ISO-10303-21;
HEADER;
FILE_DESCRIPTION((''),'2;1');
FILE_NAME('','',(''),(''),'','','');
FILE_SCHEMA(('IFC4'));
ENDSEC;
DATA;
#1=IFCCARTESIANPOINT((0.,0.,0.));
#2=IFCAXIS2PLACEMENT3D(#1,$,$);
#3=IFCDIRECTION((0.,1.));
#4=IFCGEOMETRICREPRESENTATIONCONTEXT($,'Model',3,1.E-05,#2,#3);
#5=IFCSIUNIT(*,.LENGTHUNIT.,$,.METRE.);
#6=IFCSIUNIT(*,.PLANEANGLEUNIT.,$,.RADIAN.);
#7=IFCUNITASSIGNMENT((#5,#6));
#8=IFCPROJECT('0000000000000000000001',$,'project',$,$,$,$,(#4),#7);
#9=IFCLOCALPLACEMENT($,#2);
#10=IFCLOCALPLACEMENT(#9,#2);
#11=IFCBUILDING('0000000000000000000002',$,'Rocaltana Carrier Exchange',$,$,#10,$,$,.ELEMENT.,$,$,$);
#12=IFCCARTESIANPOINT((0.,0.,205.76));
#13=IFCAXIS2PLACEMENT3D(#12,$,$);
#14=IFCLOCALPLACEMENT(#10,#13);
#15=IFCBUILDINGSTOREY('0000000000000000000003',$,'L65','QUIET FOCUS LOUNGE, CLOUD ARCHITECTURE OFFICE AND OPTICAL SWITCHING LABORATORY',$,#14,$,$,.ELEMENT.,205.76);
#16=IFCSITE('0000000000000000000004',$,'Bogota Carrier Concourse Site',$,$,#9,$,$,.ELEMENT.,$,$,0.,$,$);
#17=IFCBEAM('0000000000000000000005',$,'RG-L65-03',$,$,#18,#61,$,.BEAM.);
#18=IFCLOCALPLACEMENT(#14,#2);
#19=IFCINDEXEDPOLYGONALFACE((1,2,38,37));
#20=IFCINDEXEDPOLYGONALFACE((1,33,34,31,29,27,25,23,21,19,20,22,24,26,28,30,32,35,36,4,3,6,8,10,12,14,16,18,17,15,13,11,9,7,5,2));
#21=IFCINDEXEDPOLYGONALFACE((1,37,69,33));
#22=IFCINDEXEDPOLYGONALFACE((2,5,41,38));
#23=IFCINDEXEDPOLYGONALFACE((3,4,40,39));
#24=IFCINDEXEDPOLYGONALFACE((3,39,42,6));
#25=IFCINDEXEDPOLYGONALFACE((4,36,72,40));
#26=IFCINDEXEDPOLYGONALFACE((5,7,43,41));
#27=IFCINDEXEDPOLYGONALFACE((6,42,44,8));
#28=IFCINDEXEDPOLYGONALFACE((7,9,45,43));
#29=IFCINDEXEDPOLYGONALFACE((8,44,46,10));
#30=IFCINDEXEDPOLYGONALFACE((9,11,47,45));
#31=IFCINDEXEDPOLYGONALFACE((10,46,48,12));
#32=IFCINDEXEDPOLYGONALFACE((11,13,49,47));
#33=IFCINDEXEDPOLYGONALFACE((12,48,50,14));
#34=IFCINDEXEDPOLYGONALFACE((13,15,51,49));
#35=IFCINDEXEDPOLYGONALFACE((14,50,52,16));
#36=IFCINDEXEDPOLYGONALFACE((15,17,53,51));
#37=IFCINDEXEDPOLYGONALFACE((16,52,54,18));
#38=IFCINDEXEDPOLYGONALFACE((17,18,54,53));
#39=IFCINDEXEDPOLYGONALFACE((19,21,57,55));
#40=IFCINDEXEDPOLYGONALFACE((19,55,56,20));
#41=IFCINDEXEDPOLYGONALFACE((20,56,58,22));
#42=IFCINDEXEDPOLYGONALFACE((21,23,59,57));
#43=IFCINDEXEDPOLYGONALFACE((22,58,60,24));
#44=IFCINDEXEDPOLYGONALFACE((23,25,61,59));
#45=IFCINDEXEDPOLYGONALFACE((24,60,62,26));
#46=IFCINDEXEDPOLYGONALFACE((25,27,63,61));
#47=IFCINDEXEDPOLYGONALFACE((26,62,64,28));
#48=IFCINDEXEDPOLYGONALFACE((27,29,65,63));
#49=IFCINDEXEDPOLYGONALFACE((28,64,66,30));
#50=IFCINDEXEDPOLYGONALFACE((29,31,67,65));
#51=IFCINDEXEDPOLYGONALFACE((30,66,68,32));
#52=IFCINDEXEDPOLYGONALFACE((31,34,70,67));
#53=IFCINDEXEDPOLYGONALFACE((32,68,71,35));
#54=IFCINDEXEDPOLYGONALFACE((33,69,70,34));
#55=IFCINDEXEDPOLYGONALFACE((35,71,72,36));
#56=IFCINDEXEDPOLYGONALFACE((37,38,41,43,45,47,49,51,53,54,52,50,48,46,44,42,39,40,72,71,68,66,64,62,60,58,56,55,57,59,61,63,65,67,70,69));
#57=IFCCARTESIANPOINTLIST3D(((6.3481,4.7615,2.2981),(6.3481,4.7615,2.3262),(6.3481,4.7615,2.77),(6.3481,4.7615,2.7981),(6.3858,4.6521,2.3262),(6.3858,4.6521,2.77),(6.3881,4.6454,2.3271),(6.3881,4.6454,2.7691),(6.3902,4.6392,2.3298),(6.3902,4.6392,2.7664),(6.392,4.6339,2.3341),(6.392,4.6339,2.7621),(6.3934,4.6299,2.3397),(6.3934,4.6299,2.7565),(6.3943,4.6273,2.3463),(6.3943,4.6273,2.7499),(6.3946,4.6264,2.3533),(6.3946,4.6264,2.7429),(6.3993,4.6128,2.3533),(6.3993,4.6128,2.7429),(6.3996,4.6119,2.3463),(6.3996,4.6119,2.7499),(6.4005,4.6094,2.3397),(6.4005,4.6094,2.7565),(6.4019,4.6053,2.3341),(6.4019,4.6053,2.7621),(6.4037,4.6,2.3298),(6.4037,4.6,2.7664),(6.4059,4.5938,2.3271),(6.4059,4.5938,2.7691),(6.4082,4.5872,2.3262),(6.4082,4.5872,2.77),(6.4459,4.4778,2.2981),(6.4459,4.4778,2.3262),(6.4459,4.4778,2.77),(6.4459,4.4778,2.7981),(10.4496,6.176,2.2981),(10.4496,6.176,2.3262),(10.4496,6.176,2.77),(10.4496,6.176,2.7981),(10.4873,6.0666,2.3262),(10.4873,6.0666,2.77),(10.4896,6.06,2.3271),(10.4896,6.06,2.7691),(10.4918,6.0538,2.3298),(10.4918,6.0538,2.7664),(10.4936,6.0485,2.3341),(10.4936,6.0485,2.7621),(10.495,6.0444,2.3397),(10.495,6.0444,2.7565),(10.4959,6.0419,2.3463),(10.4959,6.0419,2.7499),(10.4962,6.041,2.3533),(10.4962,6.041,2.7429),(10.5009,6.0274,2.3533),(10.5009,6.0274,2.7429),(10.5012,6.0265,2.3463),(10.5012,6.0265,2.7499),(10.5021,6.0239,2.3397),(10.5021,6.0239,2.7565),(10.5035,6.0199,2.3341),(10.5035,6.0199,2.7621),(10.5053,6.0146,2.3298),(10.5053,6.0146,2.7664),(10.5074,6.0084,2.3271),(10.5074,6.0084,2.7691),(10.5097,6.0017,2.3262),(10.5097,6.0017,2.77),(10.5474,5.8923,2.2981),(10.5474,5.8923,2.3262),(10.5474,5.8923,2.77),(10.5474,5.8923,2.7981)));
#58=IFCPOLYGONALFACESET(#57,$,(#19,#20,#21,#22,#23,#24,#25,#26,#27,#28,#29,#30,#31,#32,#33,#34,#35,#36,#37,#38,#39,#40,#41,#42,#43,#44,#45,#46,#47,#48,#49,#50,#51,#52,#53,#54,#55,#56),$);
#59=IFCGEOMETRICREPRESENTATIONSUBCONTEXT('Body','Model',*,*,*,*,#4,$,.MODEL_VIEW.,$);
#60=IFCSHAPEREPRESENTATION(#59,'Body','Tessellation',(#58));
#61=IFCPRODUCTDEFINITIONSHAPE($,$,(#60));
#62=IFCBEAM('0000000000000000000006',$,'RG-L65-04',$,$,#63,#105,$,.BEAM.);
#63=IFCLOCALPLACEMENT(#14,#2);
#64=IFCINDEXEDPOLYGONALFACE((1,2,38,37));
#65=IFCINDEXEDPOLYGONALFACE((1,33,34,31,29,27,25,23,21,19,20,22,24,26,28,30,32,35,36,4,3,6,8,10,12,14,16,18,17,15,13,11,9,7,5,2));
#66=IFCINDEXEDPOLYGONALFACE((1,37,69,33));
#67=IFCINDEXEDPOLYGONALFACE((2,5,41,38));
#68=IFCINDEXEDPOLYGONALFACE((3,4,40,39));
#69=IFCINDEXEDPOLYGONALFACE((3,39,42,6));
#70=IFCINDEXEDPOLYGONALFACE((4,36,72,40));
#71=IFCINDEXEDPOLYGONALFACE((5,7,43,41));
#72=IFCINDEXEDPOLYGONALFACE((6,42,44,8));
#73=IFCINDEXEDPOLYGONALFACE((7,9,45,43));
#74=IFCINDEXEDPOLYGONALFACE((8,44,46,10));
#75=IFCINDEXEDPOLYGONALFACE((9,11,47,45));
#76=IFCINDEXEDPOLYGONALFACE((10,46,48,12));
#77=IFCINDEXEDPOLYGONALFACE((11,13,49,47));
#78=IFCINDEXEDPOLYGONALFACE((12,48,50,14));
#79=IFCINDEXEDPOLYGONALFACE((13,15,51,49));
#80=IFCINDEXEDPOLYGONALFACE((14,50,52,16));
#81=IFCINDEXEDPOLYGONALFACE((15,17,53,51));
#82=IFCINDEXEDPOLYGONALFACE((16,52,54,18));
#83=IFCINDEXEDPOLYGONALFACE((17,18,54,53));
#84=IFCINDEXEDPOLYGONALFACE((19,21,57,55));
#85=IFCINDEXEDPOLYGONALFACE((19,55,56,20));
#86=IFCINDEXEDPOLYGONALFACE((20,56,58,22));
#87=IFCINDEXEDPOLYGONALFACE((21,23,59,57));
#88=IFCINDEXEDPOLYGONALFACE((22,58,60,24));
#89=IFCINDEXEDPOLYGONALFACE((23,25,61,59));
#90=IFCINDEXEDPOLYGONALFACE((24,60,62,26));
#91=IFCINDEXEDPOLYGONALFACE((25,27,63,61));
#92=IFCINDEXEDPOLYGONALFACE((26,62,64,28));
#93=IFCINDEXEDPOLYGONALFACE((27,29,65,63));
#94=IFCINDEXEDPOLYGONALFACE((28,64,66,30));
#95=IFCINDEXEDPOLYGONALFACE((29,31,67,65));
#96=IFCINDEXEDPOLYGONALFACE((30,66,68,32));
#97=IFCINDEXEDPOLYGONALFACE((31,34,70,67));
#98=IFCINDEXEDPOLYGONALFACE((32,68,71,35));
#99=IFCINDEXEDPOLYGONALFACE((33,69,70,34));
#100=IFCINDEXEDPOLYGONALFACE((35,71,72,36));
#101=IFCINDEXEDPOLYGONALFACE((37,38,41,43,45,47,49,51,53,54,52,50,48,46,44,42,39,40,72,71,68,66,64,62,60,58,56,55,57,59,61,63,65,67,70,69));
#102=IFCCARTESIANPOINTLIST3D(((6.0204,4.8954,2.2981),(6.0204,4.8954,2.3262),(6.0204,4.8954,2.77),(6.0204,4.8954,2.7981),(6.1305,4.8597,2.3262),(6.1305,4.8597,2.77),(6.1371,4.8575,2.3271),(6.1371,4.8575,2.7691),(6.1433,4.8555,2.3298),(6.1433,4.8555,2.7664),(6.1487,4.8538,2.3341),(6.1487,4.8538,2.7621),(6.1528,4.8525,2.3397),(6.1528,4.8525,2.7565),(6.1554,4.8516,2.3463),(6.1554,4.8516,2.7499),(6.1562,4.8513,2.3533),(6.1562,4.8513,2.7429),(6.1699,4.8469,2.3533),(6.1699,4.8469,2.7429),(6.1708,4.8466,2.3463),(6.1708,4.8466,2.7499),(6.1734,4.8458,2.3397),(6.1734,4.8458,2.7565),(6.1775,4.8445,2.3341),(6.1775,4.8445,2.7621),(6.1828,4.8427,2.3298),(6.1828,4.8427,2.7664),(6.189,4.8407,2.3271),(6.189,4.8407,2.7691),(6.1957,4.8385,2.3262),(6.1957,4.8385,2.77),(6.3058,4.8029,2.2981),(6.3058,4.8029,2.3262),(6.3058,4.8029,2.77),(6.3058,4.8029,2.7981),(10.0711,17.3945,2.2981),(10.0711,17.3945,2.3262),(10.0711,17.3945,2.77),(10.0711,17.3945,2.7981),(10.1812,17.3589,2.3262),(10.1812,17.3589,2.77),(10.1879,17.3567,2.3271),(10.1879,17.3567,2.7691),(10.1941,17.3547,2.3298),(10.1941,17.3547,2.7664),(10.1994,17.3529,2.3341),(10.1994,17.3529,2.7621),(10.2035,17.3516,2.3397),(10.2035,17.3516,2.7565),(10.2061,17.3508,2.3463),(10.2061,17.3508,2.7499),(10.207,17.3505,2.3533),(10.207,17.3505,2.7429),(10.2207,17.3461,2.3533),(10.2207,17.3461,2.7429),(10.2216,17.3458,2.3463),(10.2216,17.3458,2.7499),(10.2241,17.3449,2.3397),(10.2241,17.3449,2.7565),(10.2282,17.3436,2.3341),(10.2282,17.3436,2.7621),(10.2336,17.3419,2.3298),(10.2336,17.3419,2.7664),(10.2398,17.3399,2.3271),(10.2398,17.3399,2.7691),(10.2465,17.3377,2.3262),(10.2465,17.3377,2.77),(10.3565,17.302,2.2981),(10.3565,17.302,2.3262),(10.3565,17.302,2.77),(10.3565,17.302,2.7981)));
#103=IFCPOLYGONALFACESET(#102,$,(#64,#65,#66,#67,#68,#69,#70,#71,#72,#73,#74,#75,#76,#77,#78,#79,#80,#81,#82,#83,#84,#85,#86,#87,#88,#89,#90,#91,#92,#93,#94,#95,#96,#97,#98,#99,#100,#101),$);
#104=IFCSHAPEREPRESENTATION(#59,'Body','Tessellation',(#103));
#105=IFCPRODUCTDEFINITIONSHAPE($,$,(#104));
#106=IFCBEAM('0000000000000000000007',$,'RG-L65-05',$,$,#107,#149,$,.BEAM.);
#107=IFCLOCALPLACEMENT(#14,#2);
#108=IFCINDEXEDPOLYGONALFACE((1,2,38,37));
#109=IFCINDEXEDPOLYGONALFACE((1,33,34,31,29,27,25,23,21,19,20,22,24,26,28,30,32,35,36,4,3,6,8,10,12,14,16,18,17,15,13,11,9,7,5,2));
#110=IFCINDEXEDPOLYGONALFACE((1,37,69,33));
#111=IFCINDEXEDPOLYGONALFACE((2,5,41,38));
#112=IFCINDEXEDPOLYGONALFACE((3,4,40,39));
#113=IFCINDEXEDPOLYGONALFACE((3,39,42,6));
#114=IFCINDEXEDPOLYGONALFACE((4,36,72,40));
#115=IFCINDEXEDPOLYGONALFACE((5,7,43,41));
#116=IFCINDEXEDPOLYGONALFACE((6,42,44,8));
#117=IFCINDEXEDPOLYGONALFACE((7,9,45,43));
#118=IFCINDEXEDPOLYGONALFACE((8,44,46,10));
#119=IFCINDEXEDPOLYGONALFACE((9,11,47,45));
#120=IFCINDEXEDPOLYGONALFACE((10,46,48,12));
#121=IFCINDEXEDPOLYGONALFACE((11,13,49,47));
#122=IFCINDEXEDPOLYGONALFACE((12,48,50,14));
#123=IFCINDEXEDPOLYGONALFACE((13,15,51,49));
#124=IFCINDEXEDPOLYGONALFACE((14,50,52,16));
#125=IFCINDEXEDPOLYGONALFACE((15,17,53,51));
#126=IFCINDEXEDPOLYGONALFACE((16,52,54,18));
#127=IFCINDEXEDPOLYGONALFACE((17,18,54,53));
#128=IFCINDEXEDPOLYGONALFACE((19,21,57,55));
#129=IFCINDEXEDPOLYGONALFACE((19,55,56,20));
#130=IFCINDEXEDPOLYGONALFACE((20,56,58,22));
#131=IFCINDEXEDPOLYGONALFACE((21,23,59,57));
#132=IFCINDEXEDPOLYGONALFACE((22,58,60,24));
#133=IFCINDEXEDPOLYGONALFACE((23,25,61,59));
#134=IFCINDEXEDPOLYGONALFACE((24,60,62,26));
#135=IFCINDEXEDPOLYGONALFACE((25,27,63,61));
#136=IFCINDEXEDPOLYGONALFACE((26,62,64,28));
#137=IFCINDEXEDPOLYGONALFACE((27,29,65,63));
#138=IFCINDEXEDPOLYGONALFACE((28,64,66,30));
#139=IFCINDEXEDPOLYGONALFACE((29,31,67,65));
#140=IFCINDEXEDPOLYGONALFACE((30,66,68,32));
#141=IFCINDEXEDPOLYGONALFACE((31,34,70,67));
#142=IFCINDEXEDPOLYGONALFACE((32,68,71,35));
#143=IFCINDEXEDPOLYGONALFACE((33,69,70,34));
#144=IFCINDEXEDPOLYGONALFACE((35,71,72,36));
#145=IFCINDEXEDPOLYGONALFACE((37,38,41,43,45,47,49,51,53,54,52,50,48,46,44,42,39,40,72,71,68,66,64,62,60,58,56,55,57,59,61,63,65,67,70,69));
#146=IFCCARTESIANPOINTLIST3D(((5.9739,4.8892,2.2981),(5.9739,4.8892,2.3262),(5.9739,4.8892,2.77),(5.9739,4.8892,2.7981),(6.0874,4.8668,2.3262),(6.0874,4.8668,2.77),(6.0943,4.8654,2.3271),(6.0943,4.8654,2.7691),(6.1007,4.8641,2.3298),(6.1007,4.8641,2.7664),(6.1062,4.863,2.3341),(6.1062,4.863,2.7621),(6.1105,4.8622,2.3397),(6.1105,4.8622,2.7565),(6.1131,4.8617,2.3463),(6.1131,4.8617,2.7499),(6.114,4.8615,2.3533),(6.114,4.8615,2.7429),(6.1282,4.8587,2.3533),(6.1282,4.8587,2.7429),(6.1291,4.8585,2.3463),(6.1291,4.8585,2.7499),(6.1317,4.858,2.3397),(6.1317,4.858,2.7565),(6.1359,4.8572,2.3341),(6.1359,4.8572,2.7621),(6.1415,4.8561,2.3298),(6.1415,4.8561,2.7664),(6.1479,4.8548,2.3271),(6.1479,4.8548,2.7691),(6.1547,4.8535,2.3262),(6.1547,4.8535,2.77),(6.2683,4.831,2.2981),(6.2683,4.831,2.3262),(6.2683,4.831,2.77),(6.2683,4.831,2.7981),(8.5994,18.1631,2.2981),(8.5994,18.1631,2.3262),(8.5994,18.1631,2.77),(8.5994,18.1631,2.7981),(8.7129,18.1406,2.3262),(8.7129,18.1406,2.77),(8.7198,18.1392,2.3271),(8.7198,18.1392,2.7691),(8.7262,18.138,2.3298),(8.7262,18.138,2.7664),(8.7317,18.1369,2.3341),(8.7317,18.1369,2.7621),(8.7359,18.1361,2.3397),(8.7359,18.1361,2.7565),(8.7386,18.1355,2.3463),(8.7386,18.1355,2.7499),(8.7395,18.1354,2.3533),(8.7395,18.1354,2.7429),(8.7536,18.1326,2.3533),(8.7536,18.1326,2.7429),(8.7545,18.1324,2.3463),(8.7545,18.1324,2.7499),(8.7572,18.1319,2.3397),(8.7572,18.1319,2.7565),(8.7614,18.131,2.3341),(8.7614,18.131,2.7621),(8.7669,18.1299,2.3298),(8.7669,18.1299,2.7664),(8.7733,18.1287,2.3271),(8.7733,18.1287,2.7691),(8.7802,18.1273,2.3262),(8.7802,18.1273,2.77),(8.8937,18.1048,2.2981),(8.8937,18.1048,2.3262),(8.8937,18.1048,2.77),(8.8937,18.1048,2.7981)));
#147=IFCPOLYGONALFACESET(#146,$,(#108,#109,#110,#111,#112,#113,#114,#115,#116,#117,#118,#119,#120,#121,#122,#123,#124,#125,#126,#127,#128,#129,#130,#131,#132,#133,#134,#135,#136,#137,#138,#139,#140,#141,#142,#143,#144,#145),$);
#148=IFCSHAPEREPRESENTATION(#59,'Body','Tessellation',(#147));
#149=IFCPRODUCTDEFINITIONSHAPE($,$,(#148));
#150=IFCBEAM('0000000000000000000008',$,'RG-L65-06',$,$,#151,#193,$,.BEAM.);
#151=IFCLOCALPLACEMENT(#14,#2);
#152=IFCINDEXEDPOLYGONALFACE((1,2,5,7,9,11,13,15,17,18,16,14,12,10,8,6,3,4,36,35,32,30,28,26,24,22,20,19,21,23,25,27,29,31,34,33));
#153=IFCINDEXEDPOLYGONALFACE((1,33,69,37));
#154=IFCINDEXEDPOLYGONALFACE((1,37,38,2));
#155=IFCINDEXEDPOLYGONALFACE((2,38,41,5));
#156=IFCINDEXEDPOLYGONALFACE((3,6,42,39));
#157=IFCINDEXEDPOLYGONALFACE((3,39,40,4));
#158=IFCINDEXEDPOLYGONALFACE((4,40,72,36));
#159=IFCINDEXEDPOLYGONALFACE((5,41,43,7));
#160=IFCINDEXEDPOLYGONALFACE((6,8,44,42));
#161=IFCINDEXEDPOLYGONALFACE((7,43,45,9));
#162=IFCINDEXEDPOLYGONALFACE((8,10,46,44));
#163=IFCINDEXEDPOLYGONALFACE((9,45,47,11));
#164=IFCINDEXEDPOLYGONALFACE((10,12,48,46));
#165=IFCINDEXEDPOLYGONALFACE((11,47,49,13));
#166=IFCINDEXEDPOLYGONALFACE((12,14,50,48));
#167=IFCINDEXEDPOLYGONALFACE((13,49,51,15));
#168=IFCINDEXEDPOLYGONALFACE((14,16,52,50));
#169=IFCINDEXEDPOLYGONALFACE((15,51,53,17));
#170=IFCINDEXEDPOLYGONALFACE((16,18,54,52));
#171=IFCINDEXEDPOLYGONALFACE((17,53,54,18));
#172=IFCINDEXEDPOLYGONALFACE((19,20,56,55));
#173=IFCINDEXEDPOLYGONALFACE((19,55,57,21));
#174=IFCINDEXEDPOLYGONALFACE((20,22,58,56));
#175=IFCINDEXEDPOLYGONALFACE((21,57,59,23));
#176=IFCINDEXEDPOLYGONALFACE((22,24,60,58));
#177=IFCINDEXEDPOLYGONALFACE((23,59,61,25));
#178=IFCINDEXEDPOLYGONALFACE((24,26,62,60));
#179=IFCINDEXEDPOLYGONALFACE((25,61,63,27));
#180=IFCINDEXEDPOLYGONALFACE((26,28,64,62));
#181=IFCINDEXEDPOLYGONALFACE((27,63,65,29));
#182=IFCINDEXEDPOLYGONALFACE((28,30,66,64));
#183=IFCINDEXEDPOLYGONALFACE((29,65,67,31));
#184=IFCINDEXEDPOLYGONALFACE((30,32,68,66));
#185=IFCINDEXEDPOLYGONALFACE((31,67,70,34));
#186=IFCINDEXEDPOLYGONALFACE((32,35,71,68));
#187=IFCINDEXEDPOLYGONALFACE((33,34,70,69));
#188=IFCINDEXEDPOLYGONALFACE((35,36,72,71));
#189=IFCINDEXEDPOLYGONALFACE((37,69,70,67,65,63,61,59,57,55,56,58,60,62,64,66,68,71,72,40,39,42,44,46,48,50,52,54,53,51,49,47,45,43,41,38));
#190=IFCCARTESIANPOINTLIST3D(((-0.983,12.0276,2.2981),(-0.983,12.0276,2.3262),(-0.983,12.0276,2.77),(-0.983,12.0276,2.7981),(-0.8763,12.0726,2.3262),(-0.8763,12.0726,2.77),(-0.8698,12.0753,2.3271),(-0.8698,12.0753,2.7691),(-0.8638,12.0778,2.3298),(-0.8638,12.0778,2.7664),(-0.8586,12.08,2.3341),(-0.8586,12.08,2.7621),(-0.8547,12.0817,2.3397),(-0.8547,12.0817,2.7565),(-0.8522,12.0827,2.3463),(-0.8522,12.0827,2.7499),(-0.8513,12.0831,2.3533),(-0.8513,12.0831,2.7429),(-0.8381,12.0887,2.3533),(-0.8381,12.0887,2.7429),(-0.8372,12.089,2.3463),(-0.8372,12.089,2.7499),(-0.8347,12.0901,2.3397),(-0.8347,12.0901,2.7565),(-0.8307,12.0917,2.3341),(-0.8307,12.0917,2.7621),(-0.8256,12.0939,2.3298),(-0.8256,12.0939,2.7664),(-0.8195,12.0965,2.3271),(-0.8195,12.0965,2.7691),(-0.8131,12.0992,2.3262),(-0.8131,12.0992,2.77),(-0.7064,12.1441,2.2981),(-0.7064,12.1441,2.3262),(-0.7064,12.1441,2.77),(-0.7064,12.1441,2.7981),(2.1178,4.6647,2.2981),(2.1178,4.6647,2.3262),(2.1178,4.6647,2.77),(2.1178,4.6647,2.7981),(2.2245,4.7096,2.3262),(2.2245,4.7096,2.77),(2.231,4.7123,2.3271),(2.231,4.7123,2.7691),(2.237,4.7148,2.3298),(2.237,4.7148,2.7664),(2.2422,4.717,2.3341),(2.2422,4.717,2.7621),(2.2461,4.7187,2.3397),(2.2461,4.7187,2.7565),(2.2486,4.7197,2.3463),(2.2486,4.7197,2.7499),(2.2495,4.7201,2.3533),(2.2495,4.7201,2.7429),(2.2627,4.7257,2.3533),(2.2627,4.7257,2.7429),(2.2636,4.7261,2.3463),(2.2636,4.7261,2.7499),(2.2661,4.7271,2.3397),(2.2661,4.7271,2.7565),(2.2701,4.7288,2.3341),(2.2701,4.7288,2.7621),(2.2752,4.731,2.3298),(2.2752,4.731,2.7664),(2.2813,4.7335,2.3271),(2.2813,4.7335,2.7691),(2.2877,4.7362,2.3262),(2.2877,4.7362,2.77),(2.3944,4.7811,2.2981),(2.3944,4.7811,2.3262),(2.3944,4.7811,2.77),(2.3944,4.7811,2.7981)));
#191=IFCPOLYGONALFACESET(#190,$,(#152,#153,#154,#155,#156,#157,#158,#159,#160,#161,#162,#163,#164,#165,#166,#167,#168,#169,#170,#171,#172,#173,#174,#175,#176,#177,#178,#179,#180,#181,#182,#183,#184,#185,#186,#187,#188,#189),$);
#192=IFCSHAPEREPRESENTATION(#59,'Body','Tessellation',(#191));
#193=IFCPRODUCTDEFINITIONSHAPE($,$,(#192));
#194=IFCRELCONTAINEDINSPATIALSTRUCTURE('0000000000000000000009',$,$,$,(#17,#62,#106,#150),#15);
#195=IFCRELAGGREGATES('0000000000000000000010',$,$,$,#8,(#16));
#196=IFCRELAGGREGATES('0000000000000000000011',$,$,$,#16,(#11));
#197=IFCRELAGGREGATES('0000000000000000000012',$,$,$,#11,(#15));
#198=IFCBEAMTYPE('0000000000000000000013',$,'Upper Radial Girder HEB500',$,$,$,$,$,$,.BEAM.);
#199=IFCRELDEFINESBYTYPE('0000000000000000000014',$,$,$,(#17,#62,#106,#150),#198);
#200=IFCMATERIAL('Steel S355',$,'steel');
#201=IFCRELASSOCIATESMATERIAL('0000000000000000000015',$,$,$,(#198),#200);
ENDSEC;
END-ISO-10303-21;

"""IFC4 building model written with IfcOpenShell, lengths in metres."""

from ifc_helpers import new_model, si_unit, direction, frame, origin, origin_2d, place, context, subcontext, project, spatial, i_section, extrude, material, material_profile, profile_set, type_object, element, save


model = new_model("IFC4")

# Units and contexts
model_context = context("Model", 3, precision=1e-05, world=origin(), true_north=direction((0.0, 1.0)))
body_context = subcontext(model_context, "Body", "Model", "MODEL_VIEW")
ifc_project = project(units=[si_unit("LENGTHUNIT", "METRE"), si_unit("PLANEANGLEUNIT", "RADIAN")], contexts=[model_context])

# Site, building, storey
site_placement = place(None, origin())
site = spatial("IfcSite", under=ifc_project, at=site_placement, Name="Bogota Carrier Concourse Site", CompositionType="ELEMENT", RefElevation=0.0)
building_placement = place(site_placement, origin())
building = spatial("IfcBuilding", under=site, at=building_placement, Name="Rocaltana Carrier Exchange", CompositionType="ELEMENT")
storey_placement = place(building_placement, frame((0.0, 0.0, 205.76)))
storey = spatial("IfcBuildingStorey", under=building, at=storey_placement, Name="L65", Description="QUIET FOCUS LOUNGE, CLOUD ARCHITECTURE OFFICE AND OPTICAL SWITCHING LABORATORY", CompositionType="ELEMENT", Elevation=205.76)

# Beams
ifc_material_1 = material(Name="Steel S355", Category="steel")
ifc_material_profile_1 = material_profile(ifc_material_1, i_section(OverallWidth=0.3, OverallDepth=0.5, WebThickness=0.0144, FlangeThickness=0.0281, FilletRadius=0.0271, at=origin_2d()), Name="HEB500")
ifc_profile_set_1 = profile_set([ifc_material_profile_1], Name="Steel S355")
beam_type_1 = type_object("IfcBeamType", Name="Upper Radial Girder HEB500", PredefinedType="BEAM", material=ifc_profile_set_1)
beam_1_placement = place(storey_placement, frame((6.397, 4.6196, 2.5481), z_axis=(0.945357, 0.326036, 0.0), x_axis=(-0.326036, 0.945357, 0.0)))
element("IfcBeam", 1, at=beam_1_placement, inside=storey, type_object=beam_type_1, Name="RG-L65-03", PredefinedType="BEAM", context=body_context, shape_type="SweptSolid", body=[
    extrude(i_section(OverallWidth=0.3, OverallDepth=0.5, WebThickness=0.0144, FlangeThickness=0.0281, FilletRadius=0.0271, at=origin_2d()), origin(), (0.0, 0.0, 1.0), 4.3386),
])
beam_2_placement = place(storey_placement, frame((6.1631, 4.8491, 2.5481), z_axis=(0.308296, 0.951291, 0.0), x_axis=(-0.951291, 0.308296, 0.0)))
element("IfcBeam", 2, at=beam_2_placement, inside=storey, type_object=beam_type_1, Name="RG-L65-04", PredefinedType="BEAM", context=body_context, shape_type="SweptSolid", body=[
    extrude(i_section(OverallWidth=0.3, OverallDepth=0.5, WebThickness=0.0144, FlangeThickness=0.0281, FilletRadius=0.0271, at=origin_2d()), origin(), (0.0, 0.0, 1.0), 13.1392),
])
beam_3_placement = place(storey_placement, frame((6.1211, 4.8601, 2.5481), z_axis=(0.194034, 0.980995, 0.0), x_axis=(-0.980995, 0.194034, 0.0)))
element("IfcBeam", 3, at=beam_3_placement, inside=storey, type_object=beam_type_1, Name="RG-L65-05", PredefinedType="BEAM", context=body_context, shape_type="SweptSolid", body=[
    extrude(i_section(OverallWidth=0.3, OverallDepth=0.5, WebThickness=0.0144, FlangeThickness=0.0281, FilletRadius=0.0271, at=origin_2d()), origin(), (0.0, 0.0, 1.0), 13.531),
])
beam_4_placement = place(storey_placement, frame((2.2561, 4.7229, 2.5481), z_axis=(-0.388121, 0.921608, 0.0), x_axis=(-0.921608, -0.388121, 0.0)))
element("IfcBeam", 4, at=beam_4_placement, inside=storey, type_object=beam_type_1, Name="RG-L65-06", PredefinedType="BEAM", context=body_context, shape_type="SweptSolid", body=[
    extrude(i_section(OverallWidth=0.3, OverallDepth=0.5, WebThickness=0.0144, FlangeThickness=0.0281, FilletRadius=0.0271, at=origin_2d()), origin(), (0.0, 0.0, 1.0), 7.9893),
])

save(model, "model.ifc")
